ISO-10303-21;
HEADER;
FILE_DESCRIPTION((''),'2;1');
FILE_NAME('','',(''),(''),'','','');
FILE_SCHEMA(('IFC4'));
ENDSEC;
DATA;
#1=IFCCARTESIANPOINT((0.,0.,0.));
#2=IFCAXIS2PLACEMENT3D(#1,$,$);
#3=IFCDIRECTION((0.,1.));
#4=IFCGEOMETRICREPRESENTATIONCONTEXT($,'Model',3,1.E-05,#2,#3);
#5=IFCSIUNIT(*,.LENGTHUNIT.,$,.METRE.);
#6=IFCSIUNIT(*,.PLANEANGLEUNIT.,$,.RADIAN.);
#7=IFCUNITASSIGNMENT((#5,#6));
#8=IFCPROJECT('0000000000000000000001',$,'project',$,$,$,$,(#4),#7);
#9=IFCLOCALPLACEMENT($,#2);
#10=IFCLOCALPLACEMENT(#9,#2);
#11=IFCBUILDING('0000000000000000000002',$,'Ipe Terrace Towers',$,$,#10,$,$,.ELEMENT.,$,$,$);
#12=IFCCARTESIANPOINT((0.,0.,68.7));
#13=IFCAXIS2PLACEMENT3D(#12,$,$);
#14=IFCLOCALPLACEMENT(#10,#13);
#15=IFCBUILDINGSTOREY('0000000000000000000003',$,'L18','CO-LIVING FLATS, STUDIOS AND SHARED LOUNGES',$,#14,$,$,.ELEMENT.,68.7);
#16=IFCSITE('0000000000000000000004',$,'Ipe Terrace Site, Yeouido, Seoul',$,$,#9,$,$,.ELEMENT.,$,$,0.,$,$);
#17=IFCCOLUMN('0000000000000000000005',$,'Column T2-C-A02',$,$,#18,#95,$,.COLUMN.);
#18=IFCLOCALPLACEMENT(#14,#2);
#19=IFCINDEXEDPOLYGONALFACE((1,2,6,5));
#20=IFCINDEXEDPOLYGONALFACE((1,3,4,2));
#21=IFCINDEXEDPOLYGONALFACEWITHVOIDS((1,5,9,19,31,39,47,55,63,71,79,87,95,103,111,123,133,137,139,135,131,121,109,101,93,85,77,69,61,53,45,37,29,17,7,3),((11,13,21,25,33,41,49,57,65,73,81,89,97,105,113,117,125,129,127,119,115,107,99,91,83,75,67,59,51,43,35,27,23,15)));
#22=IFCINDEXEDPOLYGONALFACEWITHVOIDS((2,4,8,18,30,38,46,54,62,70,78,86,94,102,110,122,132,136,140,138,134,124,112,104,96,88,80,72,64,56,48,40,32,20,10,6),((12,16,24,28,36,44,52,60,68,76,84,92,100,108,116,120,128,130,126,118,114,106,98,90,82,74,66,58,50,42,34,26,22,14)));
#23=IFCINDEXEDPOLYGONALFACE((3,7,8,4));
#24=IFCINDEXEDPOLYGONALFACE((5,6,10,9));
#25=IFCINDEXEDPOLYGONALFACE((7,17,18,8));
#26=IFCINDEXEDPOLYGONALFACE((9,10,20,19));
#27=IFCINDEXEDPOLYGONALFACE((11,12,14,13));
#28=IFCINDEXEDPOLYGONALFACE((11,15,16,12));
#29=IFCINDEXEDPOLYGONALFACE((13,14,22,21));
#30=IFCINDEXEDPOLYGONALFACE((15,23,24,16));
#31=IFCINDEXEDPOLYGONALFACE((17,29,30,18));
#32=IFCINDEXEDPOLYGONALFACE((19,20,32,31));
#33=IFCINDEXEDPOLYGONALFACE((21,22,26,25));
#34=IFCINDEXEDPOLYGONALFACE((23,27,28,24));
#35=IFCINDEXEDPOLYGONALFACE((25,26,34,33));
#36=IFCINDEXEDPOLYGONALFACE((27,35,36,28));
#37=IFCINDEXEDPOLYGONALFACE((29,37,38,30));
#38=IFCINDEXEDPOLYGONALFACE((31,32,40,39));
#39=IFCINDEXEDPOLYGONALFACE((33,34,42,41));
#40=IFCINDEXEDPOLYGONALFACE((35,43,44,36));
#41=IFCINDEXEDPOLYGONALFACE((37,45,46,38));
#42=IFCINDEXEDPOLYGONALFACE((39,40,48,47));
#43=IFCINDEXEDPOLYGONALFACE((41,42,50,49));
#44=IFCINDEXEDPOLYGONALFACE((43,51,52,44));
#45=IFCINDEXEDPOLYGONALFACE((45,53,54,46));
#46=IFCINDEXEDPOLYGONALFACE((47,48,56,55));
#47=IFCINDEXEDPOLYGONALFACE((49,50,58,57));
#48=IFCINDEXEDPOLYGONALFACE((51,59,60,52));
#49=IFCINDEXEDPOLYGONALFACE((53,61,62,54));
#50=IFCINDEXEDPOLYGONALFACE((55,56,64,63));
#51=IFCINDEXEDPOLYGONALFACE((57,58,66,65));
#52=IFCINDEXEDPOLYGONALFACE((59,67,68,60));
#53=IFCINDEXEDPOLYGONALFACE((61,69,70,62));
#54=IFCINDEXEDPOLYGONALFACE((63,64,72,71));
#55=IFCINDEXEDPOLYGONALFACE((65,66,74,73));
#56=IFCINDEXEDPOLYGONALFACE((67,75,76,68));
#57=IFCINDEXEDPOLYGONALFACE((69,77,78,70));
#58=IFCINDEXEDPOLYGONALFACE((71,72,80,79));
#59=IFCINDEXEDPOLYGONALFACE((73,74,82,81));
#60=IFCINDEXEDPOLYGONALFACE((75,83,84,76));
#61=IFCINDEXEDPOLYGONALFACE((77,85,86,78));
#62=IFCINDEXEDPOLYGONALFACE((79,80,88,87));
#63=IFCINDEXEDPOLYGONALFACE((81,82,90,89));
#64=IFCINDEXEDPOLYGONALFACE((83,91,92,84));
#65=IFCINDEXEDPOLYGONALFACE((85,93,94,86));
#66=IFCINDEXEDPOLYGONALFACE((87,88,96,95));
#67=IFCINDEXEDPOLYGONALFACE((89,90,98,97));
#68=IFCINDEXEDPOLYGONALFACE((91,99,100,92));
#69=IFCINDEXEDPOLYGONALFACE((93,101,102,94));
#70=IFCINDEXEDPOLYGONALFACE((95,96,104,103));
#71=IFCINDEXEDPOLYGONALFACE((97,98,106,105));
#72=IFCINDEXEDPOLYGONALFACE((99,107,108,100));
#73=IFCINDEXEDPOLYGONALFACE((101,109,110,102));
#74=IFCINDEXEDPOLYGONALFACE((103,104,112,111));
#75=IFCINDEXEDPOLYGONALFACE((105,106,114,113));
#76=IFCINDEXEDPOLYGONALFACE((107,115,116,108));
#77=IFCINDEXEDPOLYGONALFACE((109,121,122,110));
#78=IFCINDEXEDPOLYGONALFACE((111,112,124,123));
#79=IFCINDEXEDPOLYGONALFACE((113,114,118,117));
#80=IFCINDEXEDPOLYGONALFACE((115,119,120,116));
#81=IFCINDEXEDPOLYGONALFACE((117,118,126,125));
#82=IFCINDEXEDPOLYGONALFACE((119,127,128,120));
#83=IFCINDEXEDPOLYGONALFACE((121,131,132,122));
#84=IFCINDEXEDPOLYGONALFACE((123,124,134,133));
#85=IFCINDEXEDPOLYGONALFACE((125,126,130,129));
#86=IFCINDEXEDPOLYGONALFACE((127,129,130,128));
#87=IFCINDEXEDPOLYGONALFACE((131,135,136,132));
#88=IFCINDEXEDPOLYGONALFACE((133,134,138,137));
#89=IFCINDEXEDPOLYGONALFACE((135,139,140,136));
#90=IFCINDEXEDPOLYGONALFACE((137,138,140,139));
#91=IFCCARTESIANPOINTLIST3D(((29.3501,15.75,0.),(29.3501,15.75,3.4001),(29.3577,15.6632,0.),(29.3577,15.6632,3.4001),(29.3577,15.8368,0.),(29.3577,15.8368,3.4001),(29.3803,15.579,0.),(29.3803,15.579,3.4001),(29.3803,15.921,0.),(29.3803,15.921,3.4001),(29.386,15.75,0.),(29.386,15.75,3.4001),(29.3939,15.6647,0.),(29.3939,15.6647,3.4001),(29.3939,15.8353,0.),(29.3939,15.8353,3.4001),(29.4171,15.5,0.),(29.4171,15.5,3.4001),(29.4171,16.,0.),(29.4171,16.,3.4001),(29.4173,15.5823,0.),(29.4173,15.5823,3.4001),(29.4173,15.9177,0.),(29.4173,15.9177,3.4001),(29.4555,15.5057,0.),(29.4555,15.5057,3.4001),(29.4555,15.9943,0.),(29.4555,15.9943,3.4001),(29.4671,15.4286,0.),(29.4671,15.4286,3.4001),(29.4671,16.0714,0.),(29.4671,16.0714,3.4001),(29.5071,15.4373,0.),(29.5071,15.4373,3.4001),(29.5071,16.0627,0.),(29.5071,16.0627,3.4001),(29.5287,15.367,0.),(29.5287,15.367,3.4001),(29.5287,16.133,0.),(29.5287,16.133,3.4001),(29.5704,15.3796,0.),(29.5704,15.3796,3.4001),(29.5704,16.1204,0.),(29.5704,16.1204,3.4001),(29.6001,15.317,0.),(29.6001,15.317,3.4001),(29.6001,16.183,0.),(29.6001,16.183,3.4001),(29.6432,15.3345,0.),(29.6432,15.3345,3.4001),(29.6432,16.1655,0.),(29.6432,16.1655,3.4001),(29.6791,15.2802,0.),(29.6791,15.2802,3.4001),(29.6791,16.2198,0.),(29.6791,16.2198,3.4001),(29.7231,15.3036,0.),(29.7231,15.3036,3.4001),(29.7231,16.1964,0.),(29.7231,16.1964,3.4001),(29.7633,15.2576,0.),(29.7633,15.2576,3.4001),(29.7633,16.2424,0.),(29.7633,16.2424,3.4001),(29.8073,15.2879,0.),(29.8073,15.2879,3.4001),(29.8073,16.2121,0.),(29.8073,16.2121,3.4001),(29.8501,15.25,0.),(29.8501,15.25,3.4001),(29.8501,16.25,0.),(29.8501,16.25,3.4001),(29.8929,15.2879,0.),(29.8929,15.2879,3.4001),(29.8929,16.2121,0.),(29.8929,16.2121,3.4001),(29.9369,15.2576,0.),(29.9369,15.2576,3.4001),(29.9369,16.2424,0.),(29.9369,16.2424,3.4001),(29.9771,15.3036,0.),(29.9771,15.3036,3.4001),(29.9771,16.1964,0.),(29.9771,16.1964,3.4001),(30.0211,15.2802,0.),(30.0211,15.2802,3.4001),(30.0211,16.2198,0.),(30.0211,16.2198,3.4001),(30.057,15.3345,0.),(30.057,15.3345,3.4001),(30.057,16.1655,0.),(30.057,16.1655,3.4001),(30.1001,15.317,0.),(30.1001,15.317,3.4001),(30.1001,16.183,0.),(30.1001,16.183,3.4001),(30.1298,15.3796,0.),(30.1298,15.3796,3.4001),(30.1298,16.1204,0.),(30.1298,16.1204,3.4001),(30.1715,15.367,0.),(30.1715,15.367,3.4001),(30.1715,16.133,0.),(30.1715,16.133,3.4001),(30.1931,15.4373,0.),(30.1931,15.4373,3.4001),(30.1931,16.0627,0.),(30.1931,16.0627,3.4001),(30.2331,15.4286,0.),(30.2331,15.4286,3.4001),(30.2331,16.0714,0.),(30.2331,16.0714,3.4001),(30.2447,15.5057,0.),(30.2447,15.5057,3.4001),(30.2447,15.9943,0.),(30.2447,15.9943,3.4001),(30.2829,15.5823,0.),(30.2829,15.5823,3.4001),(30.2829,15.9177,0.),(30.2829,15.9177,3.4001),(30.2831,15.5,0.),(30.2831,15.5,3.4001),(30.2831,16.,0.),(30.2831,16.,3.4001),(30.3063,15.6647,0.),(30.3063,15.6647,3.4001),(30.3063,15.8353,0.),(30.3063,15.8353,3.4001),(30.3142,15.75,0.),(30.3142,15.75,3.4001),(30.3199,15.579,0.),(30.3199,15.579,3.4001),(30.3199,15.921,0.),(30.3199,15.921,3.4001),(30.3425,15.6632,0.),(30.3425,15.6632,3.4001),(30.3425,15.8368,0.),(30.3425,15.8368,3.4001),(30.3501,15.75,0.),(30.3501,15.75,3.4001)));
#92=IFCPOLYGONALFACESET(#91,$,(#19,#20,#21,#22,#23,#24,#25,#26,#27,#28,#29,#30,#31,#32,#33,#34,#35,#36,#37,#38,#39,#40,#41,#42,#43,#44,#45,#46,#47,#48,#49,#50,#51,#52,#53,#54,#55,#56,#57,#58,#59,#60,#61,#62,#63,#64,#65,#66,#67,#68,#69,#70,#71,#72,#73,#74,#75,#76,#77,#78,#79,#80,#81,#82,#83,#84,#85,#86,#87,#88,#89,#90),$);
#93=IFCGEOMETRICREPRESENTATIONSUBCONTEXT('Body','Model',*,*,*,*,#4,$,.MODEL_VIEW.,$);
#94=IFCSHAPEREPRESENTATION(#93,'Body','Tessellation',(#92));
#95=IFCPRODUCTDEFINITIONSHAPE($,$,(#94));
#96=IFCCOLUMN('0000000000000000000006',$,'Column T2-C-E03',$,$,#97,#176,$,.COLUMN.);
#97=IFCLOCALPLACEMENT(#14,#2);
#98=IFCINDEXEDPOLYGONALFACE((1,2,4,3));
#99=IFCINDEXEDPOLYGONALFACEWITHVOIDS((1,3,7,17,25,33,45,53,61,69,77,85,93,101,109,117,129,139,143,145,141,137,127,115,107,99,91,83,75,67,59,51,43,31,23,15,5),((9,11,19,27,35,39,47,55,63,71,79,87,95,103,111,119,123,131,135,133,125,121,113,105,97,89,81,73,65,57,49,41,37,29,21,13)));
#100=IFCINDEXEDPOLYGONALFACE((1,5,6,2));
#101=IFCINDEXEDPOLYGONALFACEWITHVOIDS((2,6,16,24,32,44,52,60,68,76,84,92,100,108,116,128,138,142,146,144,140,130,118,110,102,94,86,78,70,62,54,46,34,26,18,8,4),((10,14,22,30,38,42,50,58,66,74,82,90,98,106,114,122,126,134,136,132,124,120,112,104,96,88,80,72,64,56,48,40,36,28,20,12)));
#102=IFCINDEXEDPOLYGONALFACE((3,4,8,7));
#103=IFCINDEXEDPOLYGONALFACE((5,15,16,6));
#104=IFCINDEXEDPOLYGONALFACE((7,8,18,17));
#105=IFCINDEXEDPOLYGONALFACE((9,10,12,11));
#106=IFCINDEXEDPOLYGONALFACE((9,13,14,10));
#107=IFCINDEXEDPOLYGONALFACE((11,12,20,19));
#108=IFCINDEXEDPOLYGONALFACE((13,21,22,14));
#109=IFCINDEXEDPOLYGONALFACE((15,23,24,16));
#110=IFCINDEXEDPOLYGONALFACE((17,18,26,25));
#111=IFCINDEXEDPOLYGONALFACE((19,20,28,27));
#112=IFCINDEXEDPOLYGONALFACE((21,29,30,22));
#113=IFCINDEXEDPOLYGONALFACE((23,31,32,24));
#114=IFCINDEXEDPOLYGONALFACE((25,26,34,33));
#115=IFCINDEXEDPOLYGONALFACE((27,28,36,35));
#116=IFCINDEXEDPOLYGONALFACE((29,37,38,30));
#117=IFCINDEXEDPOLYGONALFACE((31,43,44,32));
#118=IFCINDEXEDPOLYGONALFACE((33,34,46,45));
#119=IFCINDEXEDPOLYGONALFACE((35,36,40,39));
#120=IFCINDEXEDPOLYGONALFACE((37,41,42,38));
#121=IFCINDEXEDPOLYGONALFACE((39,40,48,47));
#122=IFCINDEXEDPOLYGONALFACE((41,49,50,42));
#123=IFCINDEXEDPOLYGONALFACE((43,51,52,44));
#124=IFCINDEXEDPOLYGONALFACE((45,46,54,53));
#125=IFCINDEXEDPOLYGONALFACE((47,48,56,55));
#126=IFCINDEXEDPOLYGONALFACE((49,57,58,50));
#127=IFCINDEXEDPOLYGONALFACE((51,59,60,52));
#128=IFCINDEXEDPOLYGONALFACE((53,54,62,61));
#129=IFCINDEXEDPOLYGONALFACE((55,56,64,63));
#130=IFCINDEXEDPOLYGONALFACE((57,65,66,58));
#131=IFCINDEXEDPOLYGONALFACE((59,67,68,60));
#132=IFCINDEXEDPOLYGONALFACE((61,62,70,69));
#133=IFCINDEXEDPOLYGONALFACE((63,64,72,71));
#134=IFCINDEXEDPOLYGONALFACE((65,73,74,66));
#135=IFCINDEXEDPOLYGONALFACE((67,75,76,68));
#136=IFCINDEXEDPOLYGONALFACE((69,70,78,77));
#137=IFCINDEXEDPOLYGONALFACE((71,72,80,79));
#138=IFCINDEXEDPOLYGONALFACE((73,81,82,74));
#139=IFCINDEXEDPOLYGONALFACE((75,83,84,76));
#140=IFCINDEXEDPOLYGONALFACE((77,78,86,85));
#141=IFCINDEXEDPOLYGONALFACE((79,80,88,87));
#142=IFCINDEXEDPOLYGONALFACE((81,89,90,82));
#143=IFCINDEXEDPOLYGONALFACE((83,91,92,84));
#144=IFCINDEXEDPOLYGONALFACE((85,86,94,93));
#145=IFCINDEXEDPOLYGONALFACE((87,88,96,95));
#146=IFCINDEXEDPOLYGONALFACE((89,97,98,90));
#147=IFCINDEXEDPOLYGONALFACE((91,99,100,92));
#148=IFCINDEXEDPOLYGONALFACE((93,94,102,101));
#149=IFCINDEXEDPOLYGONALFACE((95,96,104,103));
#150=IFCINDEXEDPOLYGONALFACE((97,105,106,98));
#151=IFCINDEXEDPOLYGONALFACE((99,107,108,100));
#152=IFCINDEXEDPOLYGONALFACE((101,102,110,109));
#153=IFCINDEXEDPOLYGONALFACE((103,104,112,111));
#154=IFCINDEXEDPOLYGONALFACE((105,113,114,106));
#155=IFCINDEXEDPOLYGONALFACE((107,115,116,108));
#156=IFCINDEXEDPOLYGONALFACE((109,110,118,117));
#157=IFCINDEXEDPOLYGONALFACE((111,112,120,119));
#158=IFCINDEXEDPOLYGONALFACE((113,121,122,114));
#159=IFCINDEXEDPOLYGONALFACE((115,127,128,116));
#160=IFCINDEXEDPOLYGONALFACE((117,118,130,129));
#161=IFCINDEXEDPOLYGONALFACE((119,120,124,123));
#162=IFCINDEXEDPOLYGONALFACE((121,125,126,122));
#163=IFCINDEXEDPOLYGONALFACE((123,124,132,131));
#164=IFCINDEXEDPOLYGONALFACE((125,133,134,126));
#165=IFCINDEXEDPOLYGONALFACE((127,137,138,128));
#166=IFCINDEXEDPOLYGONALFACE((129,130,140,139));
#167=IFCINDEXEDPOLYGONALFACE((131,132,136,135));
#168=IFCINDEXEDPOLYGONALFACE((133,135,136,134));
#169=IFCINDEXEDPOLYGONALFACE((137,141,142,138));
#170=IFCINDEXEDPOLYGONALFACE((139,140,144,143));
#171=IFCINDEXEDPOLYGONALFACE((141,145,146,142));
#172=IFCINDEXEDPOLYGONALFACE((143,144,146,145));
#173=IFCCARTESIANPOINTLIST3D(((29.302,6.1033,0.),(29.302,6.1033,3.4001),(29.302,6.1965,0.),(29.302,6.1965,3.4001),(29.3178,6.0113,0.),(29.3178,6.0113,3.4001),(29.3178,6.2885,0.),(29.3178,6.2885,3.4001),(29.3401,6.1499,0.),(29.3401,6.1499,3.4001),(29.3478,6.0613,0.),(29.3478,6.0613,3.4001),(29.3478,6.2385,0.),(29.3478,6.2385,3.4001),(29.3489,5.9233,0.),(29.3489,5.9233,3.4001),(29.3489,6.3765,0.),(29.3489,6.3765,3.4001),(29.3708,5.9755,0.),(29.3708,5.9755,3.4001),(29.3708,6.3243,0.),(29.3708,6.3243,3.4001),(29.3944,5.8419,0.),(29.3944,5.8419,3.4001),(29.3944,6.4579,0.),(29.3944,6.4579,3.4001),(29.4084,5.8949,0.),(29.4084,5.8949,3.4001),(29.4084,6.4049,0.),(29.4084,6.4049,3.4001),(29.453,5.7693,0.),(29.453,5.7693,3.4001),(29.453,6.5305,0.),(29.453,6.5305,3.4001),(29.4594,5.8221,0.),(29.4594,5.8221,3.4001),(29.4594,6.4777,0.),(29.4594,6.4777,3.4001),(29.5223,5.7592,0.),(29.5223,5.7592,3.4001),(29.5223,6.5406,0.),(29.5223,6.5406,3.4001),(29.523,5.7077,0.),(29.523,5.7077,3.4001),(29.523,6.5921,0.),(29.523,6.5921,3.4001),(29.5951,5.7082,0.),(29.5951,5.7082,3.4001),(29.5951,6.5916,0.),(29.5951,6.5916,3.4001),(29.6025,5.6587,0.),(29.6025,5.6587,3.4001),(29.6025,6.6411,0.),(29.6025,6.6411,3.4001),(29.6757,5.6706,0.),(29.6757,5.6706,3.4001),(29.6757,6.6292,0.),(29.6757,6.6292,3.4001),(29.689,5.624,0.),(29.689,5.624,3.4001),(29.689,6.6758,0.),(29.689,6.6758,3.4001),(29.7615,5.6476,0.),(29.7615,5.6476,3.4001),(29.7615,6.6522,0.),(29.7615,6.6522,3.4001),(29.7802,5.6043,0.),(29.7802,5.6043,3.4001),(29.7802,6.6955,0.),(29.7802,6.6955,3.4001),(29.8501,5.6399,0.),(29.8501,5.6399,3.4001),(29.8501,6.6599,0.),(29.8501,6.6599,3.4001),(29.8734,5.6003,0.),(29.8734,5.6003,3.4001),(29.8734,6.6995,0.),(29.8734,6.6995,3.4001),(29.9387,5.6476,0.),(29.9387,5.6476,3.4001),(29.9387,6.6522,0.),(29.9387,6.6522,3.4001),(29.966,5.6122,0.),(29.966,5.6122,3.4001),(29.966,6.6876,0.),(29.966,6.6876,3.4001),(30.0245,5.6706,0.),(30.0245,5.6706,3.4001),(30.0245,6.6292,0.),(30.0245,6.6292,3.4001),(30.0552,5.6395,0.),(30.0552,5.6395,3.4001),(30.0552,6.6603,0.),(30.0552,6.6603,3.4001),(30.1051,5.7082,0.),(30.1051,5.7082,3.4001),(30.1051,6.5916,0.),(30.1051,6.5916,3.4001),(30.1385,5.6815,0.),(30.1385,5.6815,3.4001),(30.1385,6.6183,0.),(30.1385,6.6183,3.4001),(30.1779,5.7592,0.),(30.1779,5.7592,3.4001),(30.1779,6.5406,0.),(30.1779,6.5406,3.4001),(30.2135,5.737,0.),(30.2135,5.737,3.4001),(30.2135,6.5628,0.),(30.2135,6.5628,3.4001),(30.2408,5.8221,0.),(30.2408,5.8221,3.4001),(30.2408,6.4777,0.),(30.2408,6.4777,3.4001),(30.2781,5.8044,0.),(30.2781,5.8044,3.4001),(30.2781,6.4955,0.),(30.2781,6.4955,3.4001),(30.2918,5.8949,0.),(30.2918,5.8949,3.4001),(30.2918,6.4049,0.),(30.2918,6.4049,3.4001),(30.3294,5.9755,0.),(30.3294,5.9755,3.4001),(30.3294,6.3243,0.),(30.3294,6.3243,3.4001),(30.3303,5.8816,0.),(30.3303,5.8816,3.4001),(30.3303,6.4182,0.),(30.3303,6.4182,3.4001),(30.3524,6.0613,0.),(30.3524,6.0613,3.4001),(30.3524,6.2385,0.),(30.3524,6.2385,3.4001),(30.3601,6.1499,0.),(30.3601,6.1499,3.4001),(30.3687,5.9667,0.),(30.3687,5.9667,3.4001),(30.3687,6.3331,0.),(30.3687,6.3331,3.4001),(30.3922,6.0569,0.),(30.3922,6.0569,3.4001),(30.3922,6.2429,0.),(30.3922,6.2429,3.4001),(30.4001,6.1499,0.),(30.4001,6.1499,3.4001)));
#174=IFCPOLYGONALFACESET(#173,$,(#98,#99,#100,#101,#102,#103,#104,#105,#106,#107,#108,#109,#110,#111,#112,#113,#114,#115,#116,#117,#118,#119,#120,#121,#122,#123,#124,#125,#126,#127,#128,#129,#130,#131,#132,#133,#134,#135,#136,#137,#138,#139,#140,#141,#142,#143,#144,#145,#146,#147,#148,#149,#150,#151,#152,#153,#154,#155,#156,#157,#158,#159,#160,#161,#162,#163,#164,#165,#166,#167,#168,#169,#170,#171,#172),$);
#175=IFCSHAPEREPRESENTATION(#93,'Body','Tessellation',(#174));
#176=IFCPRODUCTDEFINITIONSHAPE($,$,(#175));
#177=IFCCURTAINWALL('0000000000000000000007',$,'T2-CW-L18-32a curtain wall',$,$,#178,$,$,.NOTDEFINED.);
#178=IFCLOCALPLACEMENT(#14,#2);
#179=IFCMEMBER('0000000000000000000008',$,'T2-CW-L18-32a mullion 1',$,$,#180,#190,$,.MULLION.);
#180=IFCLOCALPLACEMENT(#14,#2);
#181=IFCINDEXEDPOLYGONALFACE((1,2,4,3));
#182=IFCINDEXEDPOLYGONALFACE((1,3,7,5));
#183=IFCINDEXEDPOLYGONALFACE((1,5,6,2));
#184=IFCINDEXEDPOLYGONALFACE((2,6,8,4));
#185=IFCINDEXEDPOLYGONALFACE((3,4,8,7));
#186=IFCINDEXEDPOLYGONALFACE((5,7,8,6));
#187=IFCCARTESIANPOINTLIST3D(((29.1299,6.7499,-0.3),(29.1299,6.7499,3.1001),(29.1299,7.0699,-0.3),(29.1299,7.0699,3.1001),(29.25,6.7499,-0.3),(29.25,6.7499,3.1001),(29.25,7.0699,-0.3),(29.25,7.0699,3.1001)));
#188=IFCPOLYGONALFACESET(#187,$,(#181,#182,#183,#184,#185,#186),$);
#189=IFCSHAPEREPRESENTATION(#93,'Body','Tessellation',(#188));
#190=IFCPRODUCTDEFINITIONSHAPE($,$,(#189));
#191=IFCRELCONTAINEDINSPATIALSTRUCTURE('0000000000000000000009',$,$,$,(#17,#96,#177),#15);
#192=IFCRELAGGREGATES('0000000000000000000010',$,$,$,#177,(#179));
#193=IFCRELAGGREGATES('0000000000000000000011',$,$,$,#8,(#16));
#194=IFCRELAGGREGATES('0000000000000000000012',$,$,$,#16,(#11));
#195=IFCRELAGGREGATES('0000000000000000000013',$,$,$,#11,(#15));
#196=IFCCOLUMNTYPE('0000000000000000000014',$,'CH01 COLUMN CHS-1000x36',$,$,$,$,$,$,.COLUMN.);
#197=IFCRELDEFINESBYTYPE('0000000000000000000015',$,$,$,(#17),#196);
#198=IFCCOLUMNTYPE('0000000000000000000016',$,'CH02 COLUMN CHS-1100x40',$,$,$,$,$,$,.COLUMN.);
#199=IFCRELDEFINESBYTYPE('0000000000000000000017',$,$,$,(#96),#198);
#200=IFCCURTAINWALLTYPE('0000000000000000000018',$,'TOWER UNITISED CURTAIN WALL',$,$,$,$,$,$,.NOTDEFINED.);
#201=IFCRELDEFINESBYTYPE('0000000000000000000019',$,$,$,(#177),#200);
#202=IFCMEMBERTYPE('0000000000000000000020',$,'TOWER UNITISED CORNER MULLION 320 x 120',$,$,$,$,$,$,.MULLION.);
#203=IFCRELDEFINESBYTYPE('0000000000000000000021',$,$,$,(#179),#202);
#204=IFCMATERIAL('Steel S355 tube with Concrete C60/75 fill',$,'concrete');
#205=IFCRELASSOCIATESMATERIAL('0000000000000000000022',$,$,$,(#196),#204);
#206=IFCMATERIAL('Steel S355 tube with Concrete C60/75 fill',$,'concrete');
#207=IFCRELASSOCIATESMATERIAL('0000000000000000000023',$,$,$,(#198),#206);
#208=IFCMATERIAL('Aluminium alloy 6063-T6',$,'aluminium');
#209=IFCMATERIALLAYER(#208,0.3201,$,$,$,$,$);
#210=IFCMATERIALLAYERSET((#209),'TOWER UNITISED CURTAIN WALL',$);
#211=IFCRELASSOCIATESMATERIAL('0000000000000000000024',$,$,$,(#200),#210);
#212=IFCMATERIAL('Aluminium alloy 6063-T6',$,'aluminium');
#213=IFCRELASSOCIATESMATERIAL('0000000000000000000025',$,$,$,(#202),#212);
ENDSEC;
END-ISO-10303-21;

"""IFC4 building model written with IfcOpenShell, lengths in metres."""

from ifc_helpers import new_model, si_unit, direction, frame, origin, origin_2d, place, context, subcontext, project, spatial, rectangle, hollow_circle, extrude, material, layer, layer_set, material_profile, profile_set, type_object, element, aggregate, save


model = new_model("IFC4")

# Units and contexts
model_context = context("Model", 3, precision=1e-05, world=origin(), true_north=direction((0.0, 1.0)))
body_context = subcontext(model_context, "Body", "Model", "MODEL_VIEW")
ifc_project = project(units=[si_unit("LENGTHUNIT", "METRE"), si_unit("PLANEANGLEUNIT", "RADIAN")], contexts=[model_context])

# Site, building, storey
site_placement = place(None, origin())
site = spatial("IfcSite", under=ifc_project, at=site_placement, Name="Ipe Terrace Site, Yeouido, Seoul", CompositionType="ELEMENT", RefElevation=0.0)
building_placement = place(site_placement, origin())
building = spatial("IfcBuilding", under=site, at=building_placement, Name="Ipe Terrace Towers", CompositionType="ELEMENT")
storey_placement = place(building_placement, frame((0.0, 0.0, 68.7)))
storey = spatial("IfcBuildingStorey", under=building, at=storey_placement, Name="L18", Description="CO-LIVING FLATS, STUDIOS AND SHARED LOUNGES", CompositionType="ELEMENT", Elevation=68.7)

# Columns
ifc_material_1 = material(Name="Steel S355 tube with Concrete C60/75 fill", Category="concrete")
ifc_material_profile_1 = material_profile(ifc_material_1, hollow_circle(Radius=0.5, WallThickness=0.0359, at=origin_2d()), Name="CHS-1000x36")
ifc_profile_set_1 = profile_set([ifc_material_profile_1], Name="Steel S355 tube with Concrete C60/75 fill")
column_type_1 = type_object("IfcColumnType", Name="CH01 COLUMN CHS-1000x36", PredefinedType="COLUMN", material=ifc_profile_set_1)
column_1_placement = place(storey_placement, frame((29.8501, 15.75, 0.0), z_axis=(0.0, 0.0, 1.0), x_axis=(1.0, 0.0, 0.0)))
element("IfcColumn", 1, at=column_1_placement, inside=storey, type_object=column_type_1, Name="Column T2-C-A02", PredefinedType="COLUMN", context=body_context, shape_type="SweptSolid", body=[
    extrude(hollow_circle(Radius=0.5, WallThickness=0.0359, at=origin_2d()), origin(), (0.0, 0.0, 1.0), 3.4001),
])
ifc_material_2 = material(Name="Steel S355 tube with Concrete C60/75 fill", Category="concrete")
ifc_material_profile_2 = material_profile(ifc_material_2, hollow_circle(Radius=0.55, WallThickness=0.04, at=origin_2d()), Name="CHS-1100x40")
ifc_profile_set_2 = profile_set([ifc_material_profile_2], Name="Steel S355 tube with Concrete C60/75 fill")
column_type_2 = type_object("IfcColumnType", Name="CH02 COLUMN CHS-1100x40", PredefinedType="COLUMN", material=ifc_profile_set_2)
column_2_placement = place(storey_placement, frame((29.8501, 6.1499, 0.0), z_axis=(0.0, 0.0, 1.0), x_axis=(1.0, 0.0, 0.0)))
element("IfcColumn", 2, at=column_2_placement, inside=storey, type_object=column_type_2, Name="Column T2-C-E03", PredefinedType="COLUMN", context=body_context, shape_type="SweptSolid", body=[
    extrude(hollow_circle(Radius=0.55, WallThickness=0.04, at=origin_2d()), origin(), (0.0, 0.0, 1.0), 3.4001),
])

# Curtain wall, member
ifc_material_3 = material(Name="Aluminium alloy 6063-T6", Category="aluminium")
ifc_layer_1 = layer(ifc_material_3, 0.3201)
ifc_layer_set_1 = layer_set([ifc_layer_1], Name="TOWER UNITISED CURTAIN WALL")
curtain_wall_type = type_object("IfcCurtainWallType", Name="TOWER UNITISED CURTAIN WALL", PredefinedType="NOTDEFINED", material=ifc_layer_set_1)
curtain_wall_placement = place(storey_placement, origin())
curtain_wall = element("IfcCurtainWall", 3, at=curtain_wall_placement, inside=storey, type_object=curtain_wall_type, Name="T2-CW-L18-32a curtain wall", PredefinedType="NOTDEFINED")
ifc_material_4 = material(Name="Aluminium alloy 6063-T6", Category="aluminium")
ifc_material_profile_3 = material_profile(ifc_material_4, rectangle(XDim=0.3201, YDim=0.1201, at=origin_2d()), Name="TOWER UNITISED CORNER MULLION 320 x 120")
ifc_profile_set_3 = profile_set([ifc_material_profile_3], Name="Aluminium alloy 6063-T6")
member_type = type_object("IfcMemberType", Name="TOWER UNITISED CORNER MULLION 320 x 120", PredefinedType="MULLION", material=ifc_profile_set_3)
member_placement = place(storey_placement, frame((29.1899, 6.9099, -0.3), z_axis=(0.0, 0.0, 1.0), x_axis=(0.0, 1.0, 0.0)))
member = element("IfcMember", 4, at=member_placement, type_object=member_type, Name="T2-CW-L18-32a mullion 1", PredefinedType="MULLION", context=body_context, shape_type="SweptSolid", body=[
    extrude(rectangle(XDim=0.3201, YDim=0.1201, at=origin_2d()), origin(), (0.0, 0.0, 1.0), 3.4001),
])
aggregate(curtain_wall, [member])

save(model, "model.ifc")
